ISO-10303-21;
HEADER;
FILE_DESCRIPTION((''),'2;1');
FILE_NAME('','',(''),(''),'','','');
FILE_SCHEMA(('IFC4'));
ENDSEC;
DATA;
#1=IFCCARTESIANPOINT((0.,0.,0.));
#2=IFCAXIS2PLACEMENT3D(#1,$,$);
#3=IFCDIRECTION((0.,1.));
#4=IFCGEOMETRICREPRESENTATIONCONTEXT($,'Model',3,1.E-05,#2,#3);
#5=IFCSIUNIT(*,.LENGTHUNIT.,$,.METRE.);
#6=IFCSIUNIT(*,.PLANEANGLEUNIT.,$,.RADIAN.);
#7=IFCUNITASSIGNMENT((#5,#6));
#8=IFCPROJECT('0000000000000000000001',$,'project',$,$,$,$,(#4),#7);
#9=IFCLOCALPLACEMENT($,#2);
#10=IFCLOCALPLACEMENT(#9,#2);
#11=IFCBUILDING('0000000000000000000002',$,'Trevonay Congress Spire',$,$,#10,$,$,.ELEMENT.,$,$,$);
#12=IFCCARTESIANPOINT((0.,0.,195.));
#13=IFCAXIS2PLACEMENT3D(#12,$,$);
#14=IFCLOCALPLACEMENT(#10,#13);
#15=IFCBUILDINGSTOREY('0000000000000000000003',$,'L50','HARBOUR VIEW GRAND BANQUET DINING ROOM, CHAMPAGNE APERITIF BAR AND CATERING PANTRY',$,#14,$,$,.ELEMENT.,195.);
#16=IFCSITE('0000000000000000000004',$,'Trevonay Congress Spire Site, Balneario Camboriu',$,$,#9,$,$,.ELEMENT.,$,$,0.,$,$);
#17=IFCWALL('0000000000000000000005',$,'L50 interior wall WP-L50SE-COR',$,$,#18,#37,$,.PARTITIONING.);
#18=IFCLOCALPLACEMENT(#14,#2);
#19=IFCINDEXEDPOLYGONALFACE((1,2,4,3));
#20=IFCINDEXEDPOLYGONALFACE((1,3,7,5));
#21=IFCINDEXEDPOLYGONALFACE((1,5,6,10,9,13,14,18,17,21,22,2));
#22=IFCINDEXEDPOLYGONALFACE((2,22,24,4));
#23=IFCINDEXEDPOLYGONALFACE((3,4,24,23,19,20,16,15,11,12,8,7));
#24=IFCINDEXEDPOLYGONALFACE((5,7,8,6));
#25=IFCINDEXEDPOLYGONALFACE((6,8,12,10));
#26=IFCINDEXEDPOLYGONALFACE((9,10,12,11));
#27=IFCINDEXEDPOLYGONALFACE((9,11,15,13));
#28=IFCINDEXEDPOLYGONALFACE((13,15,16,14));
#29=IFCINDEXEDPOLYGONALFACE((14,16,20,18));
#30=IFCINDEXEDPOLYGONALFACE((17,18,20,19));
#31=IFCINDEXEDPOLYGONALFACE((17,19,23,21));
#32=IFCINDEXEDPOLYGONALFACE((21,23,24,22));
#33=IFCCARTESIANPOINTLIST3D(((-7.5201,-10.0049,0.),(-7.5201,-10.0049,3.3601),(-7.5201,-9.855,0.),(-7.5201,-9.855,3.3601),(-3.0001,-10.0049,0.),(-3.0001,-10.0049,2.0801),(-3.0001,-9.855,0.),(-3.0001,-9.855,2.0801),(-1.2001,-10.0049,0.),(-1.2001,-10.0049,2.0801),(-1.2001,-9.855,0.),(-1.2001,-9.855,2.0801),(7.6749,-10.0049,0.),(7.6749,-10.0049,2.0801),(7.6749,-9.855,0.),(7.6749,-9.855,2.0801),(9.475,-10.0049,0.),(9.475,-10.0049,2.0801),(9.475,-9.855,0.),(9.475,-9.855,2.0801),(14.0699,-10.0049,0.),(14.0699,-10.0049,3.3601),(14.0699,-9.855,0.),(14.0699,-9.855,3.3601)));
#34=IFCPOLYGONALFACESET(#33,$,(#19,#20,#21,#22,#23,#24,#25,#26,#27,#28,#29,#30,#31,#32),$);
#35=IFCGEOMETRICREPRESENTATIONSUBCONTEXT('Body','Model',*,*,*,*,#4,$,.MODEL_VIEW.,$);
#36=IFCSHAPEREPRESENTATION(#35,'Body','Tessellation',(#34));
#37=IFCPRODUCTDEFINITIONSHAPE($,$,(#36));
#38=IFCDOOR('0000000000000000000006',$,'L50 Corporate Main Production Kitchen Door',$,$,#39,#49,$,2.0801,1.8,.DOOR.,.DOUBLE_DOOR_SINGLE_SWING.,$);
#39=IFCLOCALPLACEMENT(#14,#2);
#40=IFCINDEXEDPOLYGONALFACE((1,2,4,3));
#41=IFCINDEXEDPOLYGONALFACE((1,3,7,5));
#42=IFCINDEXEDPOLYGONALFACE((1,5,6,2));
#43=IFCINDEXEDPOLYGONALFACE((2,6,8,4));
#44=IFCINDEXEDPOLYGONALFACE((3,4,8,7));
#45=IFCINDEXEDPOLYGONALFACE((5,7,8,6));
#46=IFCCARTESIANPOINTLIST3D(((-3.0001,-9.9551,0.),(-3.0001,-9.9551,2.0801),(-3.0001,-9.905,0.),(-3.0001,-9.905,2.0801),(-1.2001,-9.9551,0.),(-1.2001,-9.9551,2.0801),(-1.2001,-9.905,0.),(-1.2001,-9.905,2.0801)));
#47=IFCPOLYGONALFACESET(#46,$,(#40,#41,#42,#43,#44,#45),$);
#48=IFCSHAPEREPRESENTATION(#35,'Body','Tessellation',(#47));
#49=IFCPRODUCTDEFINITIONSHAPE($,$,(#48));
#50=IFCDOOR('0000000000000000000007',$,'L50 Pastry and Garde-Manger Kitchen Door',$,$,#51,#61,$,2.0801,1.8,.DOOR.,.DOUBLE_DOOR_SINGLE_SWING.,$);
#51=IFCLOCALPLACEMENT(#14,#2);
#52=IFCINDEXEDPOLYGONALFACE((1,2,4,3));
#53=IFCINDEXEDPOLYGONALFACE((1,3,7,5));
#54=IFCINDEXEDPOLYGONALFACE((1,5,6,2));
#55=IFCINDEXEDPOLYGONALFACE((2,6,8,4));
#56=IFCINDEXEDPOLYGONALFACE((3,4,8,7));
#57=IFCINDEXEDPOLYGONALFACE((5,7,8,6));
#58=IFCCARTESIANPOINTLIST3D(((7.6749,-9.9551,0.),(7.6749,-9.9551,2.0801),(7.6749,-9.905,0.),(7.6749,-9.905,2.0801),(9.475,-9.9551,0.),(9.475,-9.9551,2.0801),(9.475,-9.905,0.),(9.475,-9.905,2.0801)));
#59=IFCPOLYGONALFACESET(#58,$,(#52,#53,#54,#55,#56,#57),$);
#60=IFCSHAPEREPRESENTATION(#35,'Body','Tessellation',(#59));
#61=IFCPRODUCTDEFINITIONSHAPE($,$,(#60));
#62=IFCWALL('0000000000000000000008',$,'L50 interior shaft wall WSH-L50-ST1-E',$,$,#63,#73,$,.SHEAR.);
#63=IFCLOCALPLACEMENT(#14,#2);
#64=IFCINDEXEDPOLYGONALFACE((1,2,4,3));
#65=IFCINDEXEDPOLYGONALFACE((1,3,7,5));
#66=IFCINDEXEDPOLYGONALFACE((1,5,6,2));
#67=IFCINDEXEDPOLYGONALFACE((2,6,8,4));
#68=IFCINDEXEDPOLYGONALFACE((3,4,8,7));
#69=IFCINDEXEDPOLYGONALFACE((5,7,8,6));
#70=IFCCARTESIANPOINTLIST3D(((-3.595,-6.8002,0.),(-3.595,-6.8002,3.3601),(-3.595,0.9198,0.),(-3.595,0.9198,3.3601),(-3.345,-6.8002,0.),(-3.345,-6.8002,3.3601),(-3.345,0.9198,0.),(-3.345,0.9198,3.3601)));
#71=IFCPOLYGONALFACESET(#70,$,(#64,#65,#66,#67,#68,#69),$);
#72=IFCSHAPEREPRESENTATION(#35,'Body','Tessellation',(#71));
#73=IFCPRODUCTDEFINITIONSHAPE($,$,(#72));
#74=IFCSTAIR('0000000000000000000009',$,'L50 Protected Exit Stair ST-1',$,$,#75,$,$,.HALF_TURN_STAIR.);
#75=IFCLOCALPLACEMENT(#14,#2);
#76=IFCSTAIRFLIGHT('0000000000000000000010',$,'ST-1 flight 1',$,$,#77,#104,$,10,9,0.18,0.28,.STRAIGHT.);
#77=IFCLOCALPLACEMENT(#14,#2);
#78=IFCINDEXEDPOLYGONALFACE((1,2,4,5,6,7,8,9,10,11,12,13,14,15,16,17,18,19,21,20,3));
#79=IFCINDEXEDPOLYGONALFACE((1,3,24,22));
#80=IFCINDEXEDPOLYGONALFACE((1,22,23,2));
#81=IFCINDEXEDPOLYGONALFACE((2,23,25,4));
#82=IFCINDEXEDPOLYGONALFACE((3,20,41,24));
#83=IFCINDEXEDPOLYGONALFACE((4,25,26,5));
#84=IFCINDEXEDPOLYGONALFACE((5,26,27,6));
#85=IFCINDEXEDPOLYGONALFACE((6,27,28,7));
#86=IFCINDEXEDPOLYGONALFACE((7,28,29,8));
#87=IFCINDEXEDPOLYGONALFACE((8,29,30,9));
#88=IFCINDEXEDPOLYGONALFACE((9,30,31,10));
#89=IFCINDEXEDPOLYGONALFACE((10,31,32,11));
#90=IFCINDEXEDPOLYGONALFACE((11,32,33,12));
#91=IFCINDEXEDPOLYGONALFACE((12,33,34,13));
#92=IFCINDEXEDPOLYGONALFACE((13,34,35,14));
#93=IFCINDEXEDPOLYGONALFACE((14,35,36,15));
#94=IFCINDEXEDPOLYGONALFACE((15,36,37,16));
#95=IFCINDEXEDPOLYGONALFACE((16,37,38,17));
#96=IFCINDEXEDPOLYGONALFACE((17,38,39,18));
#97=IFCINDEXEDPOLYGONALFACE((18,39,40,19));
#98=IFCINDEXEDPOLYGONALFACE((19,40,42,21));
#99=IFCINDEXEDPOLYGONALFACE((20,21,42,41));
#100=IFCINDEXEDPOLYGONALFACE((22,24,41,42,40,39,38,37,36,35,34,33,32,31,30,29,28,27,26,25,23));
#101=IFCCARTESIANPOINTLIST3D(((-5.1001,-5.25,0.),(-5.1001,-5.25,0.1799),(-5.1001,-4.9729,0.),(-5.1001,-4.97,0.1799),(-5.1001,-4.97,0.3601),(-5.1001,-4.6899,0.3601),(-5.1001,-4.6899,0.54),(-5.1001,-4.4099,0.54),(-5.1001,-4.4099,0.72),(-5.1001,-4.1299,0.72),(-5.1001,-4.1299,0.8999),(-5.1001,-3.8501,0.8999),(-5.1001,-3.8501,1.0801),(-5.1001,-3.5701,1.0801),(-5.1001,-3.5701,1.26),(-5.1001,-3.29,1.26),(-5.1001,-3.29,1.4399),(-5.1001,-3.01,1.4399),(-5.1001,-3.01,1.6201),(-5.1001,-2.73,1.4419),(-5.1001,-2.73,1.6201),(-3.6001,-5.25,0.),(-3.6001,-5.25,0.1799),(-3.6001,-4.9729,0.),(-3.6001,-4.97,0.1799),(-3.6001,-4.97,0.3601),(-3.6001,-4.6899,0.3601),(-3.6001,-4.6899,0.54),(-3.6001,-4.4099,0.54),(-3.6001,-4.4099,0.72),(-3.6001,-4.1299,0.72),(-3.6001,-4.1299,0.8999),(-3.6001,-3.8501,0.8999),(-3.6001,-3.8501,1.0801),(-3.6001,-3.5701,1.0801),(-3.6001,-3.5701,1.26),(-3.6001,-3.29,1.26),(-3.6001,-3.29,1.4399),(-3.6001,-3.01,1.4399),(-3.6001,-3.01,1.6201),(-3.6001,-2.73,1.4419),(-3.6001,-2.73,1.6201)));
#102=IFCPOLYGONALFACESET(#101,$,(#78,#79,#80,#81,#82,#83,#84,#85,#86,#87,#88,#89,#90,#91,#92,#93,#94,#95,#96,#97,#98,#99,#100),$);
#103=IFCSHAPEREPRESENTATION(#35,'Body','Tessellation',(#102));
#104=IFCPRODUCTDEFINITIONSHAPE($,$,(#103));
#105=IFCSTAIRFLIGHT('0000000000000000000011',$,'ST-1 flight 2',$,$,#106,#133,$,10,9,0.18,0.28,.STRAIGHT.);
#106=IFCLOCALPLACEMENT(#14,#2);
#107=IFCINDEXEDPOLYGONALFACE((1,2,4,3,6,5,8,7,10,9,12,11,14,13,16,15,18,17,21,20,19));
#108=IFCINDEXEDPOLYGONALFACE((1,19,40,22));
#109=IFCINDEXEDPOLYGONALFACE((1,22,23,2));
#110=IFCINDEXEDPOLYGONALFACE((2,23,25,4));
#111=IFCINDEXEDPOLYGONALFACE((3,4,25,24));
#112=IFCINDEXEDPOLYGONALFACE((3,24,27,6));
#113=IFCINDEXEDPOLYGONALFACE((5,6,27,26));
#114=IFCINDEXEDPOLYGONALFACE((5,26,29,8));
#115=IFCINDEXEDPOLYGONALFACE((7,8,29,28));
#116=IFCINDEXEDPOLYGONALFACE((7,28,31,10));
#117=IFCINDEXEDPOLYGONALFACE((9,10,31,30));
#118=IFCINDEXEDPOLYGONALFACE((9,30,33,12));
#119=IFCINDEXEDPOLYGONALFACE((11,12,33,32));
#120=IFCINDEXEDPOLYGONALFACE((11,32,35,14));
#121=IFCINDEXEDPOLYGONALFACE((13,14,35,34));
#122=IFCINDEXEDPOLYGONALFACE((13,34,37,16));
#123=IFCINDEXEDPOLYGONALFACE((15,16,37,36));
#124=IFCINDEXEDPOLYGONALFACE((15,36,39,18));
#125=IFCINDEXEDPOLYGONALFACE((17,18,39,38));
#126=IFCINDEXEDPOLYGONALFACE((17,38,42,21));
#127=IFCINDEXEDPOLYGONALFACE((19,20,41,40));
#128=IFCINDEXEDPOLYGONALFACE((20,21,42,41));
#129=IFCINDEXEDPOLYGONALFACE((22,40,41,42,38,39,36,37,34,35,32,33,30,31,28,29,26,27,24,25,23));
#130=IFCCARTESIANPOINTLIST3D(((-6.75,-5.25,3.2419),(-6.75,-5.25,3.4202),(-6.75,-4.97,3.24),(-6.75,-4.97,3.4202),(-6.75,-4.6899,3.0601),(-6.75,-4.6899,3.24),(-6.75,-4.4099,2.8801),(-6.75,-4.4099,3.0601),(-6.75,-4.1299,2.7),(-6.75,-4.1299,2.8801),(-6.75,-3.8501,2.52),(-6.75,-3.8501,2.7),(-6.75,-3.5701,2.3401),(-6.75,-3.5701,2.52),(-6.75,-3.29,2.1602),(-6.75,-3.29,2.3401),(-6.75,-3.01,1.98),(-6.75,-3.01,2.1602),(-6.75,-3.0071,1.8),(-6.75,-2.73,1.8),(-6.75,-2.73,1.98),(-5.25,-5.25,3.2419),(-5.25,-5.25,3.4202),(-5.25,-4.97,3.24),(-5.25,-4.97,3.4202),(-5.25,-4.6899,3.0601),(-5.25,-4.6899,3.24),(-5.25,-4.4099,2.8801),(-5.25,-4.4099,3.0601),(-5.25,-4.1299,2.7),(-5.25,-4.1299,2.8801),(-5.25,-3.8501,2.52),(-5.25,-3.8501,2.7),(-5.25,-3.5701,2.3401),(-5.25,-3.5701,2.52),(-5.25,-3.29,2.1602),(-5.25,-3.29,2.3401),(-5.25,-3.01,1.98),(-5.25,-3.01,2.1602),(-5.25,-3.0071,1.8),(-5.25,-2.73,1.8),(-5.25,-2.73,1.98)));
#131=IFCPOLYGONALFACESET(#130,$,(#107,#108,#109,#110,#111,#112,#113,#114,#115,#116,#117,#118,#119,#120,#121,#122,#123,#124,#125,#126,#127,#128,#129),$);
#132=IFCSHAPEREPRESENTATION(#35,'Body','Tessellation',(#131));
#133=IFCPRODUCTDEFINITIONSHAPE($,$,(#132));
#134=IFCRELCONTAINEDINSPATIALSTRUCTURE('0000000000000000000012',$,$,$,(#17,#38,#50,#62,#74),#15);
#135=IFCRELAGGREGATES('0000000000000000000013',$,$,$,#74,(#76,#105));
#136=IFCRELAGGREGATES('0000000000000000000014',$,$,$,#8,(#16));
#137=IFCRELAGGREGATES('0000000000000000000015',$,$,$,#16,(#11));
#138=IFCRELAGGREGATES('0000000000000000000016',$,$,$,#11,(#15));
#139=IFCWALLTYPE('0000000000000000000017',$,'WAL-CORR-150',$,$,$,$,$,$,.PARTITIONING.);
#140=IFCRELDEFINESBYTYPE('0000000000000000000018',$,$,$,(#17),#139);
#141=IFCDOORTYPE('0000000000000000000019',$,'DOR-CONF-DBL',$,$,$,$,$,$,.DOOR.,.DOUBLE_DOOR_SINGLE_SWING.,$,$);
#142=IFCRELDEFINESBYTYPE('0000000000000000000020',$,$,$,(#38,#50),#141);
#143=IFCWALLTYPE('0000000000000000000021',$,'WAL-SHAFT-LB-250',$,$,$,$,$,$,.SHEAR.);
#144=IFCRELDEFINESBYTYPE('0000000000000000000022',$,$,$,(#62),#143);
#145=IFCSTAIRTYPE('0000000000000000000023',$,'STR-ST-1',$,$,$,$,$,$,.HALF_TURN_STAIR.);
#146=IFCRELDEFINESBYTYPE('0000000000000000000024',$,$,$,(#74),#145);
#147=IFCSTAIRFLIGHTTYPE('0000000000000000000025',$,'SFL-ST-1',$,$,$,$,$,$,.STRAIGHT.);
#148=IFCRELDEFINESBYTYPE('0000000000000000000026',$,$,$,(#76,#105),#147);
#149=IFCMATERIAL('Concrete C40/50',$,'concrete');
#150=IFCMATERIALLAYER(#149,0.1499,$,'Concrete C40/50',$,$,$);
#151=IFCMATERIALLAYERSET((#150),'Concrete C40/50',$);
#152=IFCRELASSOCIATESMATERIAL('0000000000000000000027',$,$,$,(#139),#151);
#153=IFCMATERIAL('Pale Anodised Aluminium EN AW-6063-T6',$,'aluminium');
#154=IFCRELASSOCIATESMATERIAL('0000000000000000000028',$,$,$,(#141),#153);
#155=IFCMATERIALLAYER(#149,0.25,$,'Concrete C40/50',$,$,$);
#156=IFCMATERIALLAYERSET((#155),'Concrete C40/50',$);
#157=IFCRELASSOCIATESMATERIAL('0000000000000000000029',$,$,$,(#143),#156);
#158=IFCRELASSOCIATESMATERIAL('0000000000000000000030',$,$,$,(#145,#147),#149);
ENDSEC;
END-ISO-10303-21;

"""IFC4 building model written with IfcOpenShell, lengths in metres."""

from ifc_helpers import new_model, si_unit, direction, frame, frame_2d, origin, place, context, subcontext, project, spatial, polyline, rectangle, outline, extrude, material, layer, layer_set, type_object, element, fill, aggregate, save


model = new_model("IFC4")

# Units and contexts
model_context = context("Model", 3, precision=1e-05, world=origin(), true_north=direction((0.0, 1.0)))
body_context = subcontext(model_context, "Body", "Model", "MODEL_VIEW")
ifc_project = project(units=[si_unit("LENGTHUNIT", "METRE"), si_unit("PLANEANGLEUNIT", "RADIAN")], contexts=[model_context])

# Site, building, storey
site_placement = place(None, origin())
site = spatial("IfcSite", under=ifc_project, at=site_placement, Name="Trevonay Congress Spire Site, Balneario Camboriu", CompositionType="ELEMENT", RefElevation=0.0)
building_placement = place(site_placement, origin())
building = spatial("IfcBuilding", under=site, at=building_placement, Name="Trevonay Congress Spire", CompositionType="ELEMENT")
storey_placement = place(building_placement, frame((0.0, 0.0, 195.0)))
storey = spatial("IfcBuildingStorey", under=building, at=storey_placement, Name="L50", Description="HARBOUR VIEW GRAND BANQUET DINING ROOM, CHAMPAGNE APERITIF BAR AND CATERING PANTRY", CompositionType="ELEMENT", Elevation=195.0)

# Wall, openings, doors
ifc_material_1 = material(Name="Concrete C40/50", Category="concrete")
ifc_layer_1 = layer(ifc_material_1, 0.1499, Name="Concrete C40/50")
ifc_layer_set_1 = layer_set([ifc_layer_1], Name="Concrete C40/50")
wall_type_1 = type_object("IfcWallType", Name="WAL-CORR-150", PredefinedType="PARTITIONING", material=ifc_layer_set_1)
wall_1_placement = place(storey_placement, frame((-7.52, -9.9299, 0.0), z_axis=(0.0, 0.0, 1.0), x_axis=(1.0, 0.0, 0.0)))
wall_1 = element("IfcWall", 1, at=wall_1_placement, inside=storey, type_object=wall_type_1, Name="L50 interior wall WP-L50SE-COR", PredefinedType="PARTITIONING", context=body_context, shape_type="SweptSolid", body=[
    extrude(rectangle(XDim=21.5901, YDim=0.1499, at=frame_2d((10.7949, 0.0))), origin(), (0.0, 0.0, 1.0), 3.3601),
])
opening_1_placement = place(wall_1_placement, frame((4.52, 0.0, 0.0)))
opening_1 = element("IfcOpeningElement", 2, at=opening_1_placement, cuts=wall_1, PredefinedType="OPENING", context=body_context, shape_type="SweptSolid", body=[
    extrude(rectangle(XDim=1.8, YDim=2.0801, at=frame_2d((0.8999, 1.04))), frame((0.0, 0.085, 0.0), z_axis=(0.0, -1.0, 0.0), x_axis=(1.0, 0.0, 0.0)), (0.0, 0.0, 1.0), 0.1699),
])
opening_2_placement = place(wall_1_placement, frame((15.1951, 0.0, 0.0)))
opening_2 = element("IfcOpeningElement", 3, at=opening_2_placement, cuts=wall_1, PredefinedType="OPENING", context=body_context, shape_type="SweptSolid", body=[
    extrude(rectangle(XDim=1.8, YDim=2.0801, at=frame_2d((0.8999, 1.04))), frame((0.0, 0.085, 0.0), z_axis=(0.0, -1.0, 0.0), x_axis=(1.0, 0.0, 0.0)), (0.0, 0.0, 1.0), 0.1699),
])
ifc_material_2 = material(Name="Pale Anodised Aluminium EN AW-6063-T6", Category="aluminium")
door_type_1 = type_object("IfcDoorType", Name="DOR-CONF-DBL", OperationType="DOUBLE_DOOR_SINGLE_SWING", PredefinedType="DOOR", material=ifc_material_2)
door_1_placement = place(opening_1_placement, origin())
door_1 = element("IfcDoor", 4, at=door_1_placement, inside=storey, type_object=door_type_1, Name="L50 Corporate Main Production Kitchen Door", OperationType="DOUBLE_DOOR_SINGLE_SWING", OverallHeight=2.0801, OverallWidth=1.8, PredefinedType="DOOR", context=body_context, shape_type="SweptSolid", body=[
    extrude(rectangle(XDim=1.8, YDim=2.0801, at=frame_2d((0.8999, 1.04))), frame((0.0, 0.0249, 0.0), z_axis=(0.0, -1.0, 0.0), x_axis=(1.0, 0.0, 0.0)), (0.0, 0.0, 1.0), 0.05),
])
fill(opening_1, door_1)
door_2_placement = place(opening_2_placement, origin())
door_2 = element("IfcDoor", 5, at=door_2_placement, inside=storey, type_object=door_type_1, Name="L50 Pastry and Garde-Manger Kitchen Door", OperationType="DOUBLE_DOOR_SINGLE_SWING", OverallHeight=2.0801, OverallWidth=1.8, PredefinedType="DOOR", context=body_context, shape_type="SweptSolid", body=[
    extrude(rectangle(XDim=1.8, YDim=2.0801, at=frame_2d((0.8999, 1.04))), frame((0.0, 0.0249, 0.0), z_axis=(0.0, -1.0, 0.0), x_axis=(1.0, 0.0, 0.0)), (0.0, 0.0, 1.0), 0.05),
])
fill(opening_2, door_2)

# Wall
ifc_layer_2 = layer(ifc_material_1, 0.25, Name="Concrete C40/50")
ifc_layer_set_2 = layer_set([ifc_layer_2], Name="Concrete C40/50")
wall_type_2 = type_object("IfcWallType", Name="WAL-SHAFT-LB-250", PredefinedType="SHEAR", material=ifc_layer_set_2)
wall_2_placement = place(storey_placement, frame((-3.47, -6.8, 0.0), z_axis=(0.0, 0.0, 1.0), x_axis=(0.0, 1.0, 0.0)))
element("IfcWall", 6, at=wall_2_placement, inside=storey, type_object=wall_type_2, Name="L50 interior shaft wall WSH-L50-ST1-E", PredefinedType="SHEAR", context=body_context, shape_type="SweptSolid", body=[
    extrude(rectangle(XDim=7.72, YDim=0.25, at=frame_2d((3.8599, 0.0))), origin(), (0.0, 0.0, 1.0), 3.3601),
])

# Stair, stair flights
stair_type = type_object("IfcStairType", Name="STR-ST-1", PredefinedType="HALF_TURN_STAIR", material=ifc_material_1)
stair_placement = place(storey_placement, origin())
stair = element("IfcStair", 7, at=stair_placement, inside=storey, type_object=stair_type, Name="L50 Protected Exit Stair ST-1", PredefinedType="HALF_TURN_STAIR")
stair_flight_type = type_object("IfcStairFlightType", Name="SFL-ST-1", PredefinedType="STRAIGHT", material=ifc_material_1)
stair_flight_1_placement = place(storey_placement, frame((-4.3501, -5.25, 0.0), z_axis=(0.0, 0.0, 1.0), x_axis=(0.0, 1.0, 0.0)))
stair_flight_1 = element("IfcStairFlight", 8, at=stair_flight_1_placement, type_object=stair_flight_type, Name="ST-1 flight 1", NumberOfRisers=10, NumberOfTreads=9, PredefinedType="STRAIGHT", RiserHeight=0.18, TreadLength=0.28, context=body_context, shape_type="SweptSolid", body=[
    extrude(outline(polyline([(0.0, 0.0), (0.0, 0.1799), (0.28, 0.1799), (0.28, 0.3601), (0.5601, 0.3601), (0.5601, 0.54), (0.8401, 0.54), (0.8401, 0.72), (1.1201, 0.72), (1.1201, 0.8999), (1.3999, 0.8999), (1.3999, 1.0801), (1.6799, 1.0801), (1.6799, 1.26), (1.96, 1.26), (1.96, 1.4399), (2.24, 1.4399), (2.24, 1.6201), (2.52, 1.6201), (2.52, 1.8), (2.52, 1.4419), (0.2771, 0.0), (0.0, 0.0)])), frame((0.0, 0.75, 0.0), z_axis=(0.0, -1.0, 0.0), x_axis=(1.0, 0.0, 0.0)), (0.0, 0.0, 1.0), 1.5),
])
stair_flight_2_placement = place(storey_placement, frame((-6.0, -2.73, 1.8), z_axis=(0.0, 0.0, 1.0), x_axis=(0.0, -1.0, 0.0)))
stair_flight_2 = element("IfcStairFlight", 9, at=stair_flight_2_placement, type_object=stair_flight_type, Name="ST-1 flight 2", NumberOfRisers=10, NumberOfTreads=9, PredefinedType="STRAIGHT", RiserHeight=0.18, TreadLength=0.28, context=body_context, shape_type="SweptSolid", body=[
    extrude(outline(polyline([(0.0, 0.0), (0.0, 0.1799), (0.28, 0.1799), (0.28, 0.3601), (0.5601, 0.3601), (0.5601, 0.54), (0.8401, 0.54), (0.8401, 0.72), (1.1201, 0.72), (1.1201, 0.8999), (1.3999, 0.8999), (1.3999, 1.0801), (1.6799, 1.0801), (1.6799, 1.26), (1.96, 1.26), (1.96, 1.4399), (2.24, 1.4399), (2.24, 1.6201), (2.52, 1.6201), (2.52, 1.8), (2.52, 1.4419), (0.2771, 0.0), (0.0, 0.0)])), frame((0.0, 0.75, 0.0), z_axis=(0.0, -1.0, 0.0), x_axis=(1.0, 0.0, 0.0)), (0.0, 0.0, 1.0), 1.5),
])
aggregate(stair, [stair_flight_1, stair_flight_2])

save(model, "model.ifc")
